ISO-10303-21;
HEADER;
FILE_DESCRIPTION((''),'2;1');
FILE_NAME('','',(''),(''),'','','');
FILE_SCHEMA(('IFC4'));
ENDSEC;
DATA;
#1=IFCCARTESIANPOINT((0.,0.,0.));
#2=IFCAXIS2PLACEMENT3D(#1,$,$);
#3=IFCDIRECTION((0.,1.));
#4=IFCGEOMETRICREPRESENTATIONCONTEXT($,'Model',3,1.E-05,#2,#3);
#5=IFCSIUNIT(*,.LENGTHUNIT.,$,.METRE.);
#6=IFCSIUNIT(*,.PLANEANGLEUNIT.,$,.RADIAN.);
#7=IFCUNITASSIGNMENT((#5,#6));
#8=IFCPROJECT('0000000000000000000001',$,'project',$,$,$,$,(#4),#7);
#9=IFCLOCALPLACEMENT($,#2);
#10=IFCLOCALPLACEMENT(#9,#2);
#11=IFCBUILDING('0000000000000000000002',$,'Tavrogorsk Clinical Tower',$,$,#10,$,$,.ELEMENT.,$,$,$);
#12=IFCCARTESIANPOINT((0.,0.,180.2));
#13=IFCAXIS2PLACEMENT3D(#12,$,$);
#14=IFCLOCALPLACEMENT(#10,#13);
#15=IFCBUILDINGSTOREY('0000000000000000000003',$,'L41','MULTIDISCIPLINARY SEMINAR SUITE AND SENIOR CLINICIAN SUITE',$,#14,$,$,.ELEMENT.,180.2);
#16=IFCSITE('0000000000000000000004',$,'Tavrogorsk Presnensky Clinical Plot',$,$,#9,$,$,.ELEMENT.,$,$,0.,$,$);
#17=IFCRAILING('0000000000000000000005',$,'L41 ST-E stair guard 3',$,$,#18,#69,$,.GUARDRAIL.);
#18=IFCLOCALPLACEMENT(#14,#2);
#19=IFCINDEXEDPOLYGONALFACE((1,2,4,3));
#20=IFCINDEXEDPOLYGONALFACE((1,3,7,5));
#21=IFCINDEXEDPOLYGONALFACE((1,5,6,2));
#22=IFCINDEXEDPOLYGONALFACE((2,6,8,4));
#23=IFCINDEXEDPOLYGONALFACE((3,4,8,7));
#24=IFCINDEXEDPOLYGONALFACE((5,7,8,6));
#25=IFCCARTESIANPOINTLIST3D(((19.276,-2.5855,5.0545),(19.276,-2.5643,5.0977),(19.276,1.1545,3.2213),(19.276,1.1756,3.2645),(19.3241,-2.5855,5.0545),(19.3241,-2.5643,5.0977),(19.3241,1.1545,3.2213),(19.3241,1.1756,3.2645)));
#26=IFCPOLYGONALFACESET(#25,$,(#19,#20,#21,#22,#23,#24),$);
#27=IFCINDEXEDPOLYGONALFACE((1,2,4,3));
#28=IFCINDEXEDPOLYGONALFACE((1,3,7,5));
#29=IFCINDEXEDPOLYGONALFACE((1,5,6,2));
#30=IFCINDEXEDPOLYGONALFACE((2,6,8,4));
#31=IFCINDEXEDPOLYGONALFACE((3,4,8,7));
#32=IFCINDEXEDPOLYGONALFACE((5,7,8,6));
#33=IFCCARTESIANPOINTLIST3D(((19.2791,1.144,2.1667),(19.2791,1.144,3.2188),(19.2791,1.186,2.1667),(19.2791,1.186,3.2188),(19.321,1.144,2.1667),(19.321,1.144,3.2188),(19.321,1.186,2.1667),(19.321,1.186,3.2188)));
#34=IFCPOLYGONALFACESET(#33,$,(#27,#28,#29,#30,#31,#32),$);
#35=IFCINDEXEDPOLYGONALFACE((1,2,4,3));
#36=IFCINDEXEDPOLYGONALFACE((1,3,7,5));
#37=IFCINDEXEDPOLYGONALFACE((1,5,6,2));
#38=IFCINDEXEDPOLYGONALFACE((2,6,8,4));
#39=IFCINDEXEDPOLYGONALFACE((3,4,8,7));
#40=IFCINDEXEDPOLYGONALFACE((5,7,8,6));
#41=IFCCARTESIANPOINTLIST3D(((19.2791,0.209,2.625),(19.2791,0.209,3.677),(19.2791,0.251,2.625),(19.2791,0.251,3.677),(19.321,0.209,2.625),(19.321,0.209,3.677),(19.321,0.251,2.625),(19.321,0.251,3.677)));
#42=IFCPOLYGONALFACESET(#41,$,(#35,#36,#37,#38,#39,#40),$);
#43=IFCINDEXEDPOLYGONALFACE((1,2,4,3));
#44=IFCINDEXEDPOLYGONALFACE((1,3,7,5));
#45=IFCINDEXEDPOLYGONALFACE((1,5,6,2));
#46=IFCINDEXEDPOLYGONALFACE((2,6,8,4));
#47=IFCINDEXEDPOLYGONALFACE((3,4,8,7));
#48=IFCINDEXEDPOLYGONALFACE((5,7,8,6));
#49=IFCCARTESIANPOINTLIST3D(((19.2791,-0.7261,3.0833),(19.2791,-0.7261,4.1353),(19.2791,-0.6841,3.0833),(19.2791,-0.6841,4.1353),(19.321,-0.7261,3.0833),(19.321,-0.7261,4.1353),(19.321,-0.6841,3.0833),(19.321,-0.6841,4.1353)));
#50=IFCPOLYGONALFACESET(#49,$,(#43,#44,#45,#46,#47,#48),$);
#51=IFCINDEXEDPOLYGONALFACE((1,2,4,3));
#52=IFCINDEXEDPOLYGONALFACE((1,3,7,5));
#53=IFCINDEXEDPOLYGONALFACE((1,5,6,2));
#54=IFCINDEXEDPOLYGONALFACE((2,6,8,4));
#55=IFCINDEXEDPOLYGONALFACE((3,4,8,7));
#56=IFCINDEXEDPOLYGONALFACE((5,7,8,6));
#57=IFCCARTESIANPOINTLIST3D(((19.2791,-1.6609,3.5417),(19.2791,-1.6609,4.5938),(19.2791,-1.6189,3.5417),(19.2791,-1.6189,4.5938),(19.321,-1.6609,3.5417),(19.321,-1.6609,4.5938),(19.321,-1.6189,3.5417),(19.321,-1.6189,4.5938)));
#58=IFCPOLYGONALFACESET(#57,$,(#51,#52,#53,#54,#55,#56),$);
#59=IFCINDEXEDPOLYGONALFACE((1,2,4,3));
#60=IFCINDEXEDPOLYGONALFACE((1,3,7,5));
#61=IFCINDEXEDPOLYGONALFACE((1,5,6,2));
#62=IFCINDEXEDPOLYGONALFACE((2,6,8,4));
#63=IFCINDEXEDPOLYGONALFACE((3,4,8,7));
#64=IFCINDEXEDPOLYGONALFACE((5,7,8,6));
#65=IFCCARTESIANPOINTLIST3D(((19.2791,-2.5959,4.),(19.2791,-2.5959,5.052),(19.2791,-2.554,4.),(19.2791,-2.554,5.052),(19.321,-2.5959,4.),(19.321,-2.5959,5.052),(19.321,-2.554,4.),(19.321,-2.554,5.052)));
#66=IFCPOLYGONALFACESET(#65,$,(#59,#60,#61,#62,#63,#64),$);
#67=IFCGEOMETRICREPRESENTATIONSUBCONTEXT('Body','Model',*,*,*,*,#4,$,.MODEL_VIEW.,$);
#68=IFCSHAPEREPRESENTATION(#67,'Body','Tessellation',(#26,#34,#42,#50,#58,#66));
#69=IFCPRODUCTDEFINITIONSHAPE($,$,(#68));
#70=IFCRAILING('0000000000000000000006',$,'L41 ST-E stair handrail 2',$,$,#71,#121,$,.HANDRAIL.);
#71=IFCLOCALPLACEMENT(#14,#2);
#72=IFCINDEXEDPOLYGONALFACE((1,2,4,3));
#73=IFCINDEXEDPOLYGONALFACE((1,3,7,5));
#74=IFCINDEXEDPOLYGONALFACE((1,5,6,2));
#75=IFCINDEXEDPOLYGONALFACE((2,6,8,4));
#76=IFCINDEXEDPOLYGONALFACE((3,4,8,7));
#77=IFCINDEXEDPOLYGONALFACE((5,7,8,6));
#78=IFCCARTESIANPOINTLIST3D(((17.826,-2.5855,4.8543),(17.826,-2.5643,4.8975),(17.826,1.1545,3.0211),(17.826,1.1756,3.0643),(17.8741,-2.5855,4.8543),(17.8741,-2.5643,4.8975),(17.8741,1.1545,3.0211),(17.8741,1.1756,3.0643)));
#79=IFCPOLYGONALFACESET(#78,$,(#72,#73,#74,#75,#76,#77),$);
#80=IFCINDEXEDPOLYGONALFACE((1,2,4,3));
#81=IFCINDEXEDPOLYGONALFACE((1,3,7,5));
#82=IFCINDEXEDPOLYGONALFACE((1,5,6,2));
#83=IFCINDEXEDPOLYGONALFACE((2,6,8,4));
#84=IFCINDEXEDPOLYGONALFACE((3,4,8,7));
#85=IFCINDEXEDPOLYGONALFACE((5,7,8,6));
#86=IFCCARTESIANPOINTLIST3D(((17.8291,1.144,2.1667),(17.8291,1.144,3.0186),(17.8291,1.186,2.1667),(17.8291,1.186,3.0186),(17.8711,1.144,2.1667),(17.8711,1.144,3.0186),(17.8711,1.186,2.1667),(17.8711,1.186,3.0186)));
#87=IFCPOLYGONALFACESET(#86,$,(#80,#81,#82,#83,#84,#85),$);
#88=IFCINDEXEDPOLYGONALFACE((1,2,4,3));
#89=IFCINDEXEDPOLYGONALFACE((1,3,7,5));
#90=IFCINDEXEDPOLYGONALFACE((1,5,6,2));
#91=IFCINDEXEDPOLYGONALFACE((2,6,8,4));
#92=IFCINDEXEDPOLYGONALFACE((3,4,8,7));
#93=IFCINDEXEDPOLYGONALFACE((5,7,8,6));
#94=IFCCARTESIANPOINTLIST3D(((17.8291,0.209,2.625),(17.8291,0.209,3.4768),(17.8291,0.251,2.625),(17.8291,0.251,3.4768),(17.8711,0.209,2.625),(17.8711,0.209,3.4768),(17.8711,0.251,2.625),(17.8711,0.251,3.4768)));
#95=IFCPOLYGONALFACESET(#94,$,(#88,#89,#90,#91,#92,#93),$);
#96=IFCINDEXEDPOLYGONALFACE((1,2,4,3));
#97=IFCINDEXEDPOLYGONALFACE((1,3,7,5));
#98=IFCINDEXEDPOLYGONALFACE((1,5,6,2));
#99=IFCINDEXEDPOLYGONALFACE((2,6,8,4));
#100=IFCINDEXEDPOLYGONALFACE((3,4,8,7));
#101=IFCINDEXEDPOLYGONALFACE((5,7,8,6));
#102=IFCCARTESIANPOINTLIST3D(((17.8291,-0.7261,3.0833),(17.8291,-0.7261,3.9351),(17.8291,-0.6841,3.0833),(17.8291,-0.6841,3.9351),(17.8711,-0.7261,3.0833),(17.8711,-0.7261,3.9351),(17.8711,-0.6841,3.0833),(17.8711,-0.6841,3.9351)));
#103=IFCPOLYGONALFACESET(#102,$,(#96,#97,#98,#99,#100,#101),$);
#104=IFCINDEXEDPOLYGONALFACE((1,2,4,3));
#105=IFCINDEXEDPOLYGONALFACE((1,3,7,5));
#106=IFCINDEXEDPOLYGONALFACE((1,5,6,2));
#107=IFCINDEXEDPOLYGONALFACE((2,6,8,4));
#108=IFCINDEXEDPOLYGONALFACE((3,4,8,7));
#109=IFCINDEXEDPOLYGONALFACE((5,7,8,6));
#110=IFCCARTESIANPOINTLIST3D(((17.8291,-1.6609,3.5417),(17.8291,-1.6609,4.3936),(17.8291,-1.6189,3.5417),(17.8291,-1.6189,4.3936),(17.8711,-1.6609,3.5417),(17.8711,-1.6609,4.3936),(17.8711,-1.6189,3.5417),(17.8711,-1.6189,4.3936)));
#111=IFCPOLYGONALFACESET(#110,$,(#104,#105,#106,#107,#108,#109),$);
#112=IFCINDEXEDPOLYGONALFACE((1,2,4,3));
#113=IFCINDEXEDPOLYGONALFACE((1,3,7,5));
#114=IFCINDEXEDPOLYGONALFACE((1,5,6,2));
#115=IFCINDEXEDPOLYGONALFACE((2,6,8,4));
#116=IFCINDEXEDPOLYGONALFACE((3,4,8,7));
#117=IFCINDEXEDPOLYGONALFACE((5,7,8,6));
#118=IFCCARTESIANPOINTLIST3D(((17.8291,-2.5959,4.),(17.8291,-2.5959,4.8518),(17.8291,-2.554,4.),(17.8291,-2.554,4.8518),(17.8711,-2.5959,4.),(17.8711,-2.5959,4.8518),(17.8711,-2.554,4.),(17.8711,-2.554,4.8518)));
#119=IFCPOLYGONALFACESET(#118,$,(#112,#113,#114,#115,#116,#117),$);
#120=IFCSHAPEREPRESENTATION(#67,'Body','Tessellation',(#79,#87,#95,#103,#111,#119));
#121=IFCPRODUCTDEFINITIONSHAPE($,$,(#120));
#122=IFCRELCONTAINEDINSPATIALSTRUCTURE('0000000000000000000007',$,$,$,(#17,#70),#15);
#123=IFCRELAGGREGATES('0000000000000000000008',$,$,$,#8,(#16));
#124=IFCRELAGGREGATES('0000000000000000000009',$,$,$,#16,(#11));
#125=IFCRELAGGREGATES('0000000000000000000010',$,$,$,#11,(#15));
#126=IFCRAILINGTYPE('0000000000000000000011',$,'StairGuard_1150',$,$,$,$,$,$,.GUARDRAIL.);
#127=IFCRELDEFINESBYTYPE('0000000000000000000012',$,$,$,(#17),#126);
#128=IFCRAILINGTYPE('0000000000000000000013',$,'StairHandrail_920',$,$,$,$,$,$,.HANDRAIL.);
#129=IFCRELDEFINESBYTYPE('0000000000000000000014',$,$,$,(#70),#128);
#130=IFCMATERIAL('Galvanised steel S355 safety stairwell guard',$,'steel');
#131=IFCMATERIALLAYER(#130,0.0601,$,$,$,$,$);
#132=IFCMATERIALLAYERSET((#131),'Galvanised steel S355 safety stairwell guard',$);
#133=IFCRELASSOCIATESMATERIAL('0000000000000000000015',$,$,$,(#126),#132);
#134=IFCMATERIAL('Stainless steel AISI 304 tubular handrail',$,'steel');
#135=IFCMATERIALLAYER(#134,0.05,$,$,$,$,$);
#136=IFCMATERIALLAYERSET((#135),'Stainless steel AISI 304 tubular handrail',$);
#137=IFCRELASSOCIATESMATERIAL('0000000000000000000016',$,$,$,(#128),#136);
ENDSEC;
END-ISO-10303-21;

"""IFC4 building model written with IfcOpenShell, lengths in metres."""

from ifc_helpers import new_model, si_unit, direction, frame, origin, origin_2d, place, context, subcontext, project, spatial, rectangle, extrude, material, layer, layer_set, type_object, element, save


model = new_model("IFC4")

# Units and contexts
model_context = context("Model", 3, precision=1e-05, world=origin(), true_north=direction((0.0, 1.0)))
body_context = subcontext(model_context, "Body", "Model", "MODEL_VIEW")
ifc_project = project(units=[si_unit("LENGTHUNIT", "METRE"), si_unit("PLANEANGLEUNIT", "RADIAN")], contexts=[model_context])

# Site, building, storey
site_placement = place(None, origin())
site = spatial("IfcSite", under=ifc_project, at=site_placement, Name="Tavrogorsk Presnensky Clinical Plot", CompositionType="ELEMENT", RefElevation=0.0)
building_placement = place(site_placement, origin())
building = spatial("IfcBuilding", under=site, at=building_placement, Name="Tavrogorsk Clinical Tower", CompositionType="ELEMENT")
storey_placement = place(building_placement, frame((0.0, 0.0, 180.2)))
storey = spatial("IfcBuildingStorey", under=building, at=storey_placement, Name="L41", Description="MULTIDISCIPLINARY SEMINAR SUITE AND SENIOR CLINICIAN SUITE", CompositionType="ELEMENT", Elevation=180.2)

# Railings
ifc_material_1 = material(Name="Galvanised steel S355 safety stairwell guard", Category="steel")
ifc_layer_1 = layer(ifc_material_1, 0.0601)
ifc_layer_set_1 = layer_set([ifc_layer_1], Name="Galvanised steel S355 safety stairwell guard")
railing_type_1 = type_object("IfcRailingType", Name="StairGuard_1150", PredefinedType="GUARDRAIL", material=ifc_layer_set_1)
railing_1_placement = place(storey_placement, frame((19.3, 1.165, 2.1667)))
element("IfcRailing", 1, at=railing_1_placement, inside=storey, type_object=railing_type_1, Name="L41 ST-E stair guard 3", PredefinedType="GUARDRAIL", context=body_context, shape_type="SweptSolid", body=[
    extrude(rectangle(XDim=0.0481, YDim=0.0481, at=origin_2d()), frame((0.0, 0.0, 1.0762), z_axis=(0.0, -0.897928, 0.440142), x_axis=(1.0, 0.0, 0.0)), (0.0, 0.0, 1.0), 4.165),
    extrude(rectangle(XDim=0.042, YDim=0.042, at=origin_2d()), origin(), (0.0, 0.0, 1.0), 1.052),
    extrude(rectangle(XDim=0.042, YDim=0.042, at=origin_2d()), frame((0.0, -0.9351, 0.4583)), (0.0, 0.0, 1.0), 1.052),
    extrude(rectangle(XDim=0.042, YDim=0.042, at=origin_2d()), frame((0.0, -1.8701, 0.9165)), (0.0, 0.0, 1.0), 1.052),
    extrude(rectangle(XDim=0.042, YDim=0.042, at=origin_2d()), frame((0.0, -2.8049, 1.375)), (0.0, 0.0, 1.0), 1.052),
    extrude(rectangle(XDim=0.042, YDim=0.042, at=origin_2d()), frame((0.0, -3.74, 1.8333)), (0.0, 0.0, 1.0), 1.052),
])
ifc_material_2 = material(Name="Stainless steel AISI 304 tubular handrail", Category="steel")
ifc_layer_2 = layer(ifc_material_2, 0.05)
ifc_layer_set_2 = layer_set([ifc_layer_2], Name="Stainless steel AISI 304 tubular handrail")
railing_type_2 = type_object("IfcRailingType", Name="StairHandrail_920", PredefinedType="HANDRAIL", material=ifc_layer_set_2)
railing_2_placement = place(storey_placement, frame((17.8501, 1.165, 2.1667)))
element("IfcRailing", 2, at=railing_2_placement, inside=storey, type_object=railing_type_2, Name="L41 ST-E stair handrail 2", PredefinedType="HANDRAIL", context=body_context, shape_type="SweptSolid", body=[
    extrude(rectangle(XDim=0.0481, YDim=0.0481, at=origin_2d()), frame((0.0, 0.0, 0.876), z_axis=(0.0, -0.897928, 0.440142), x_axis=(1.0, 0.0, 0.0)), (0.0, 0.0, 1.0), 4.165),
    extrude(rectangle(XDim=0.042, YDim=0.042, at=origin_2d()), origin(), (0.0, 0.0, 1.0), 0.8518),
    extrude(rectangle(XDim=0.042, YDim=0.042, at=origin_2d()), frame((0.0, -0.9351, 0.4583)), (0.0, 0.0, 1.0), 0.8518),
    extrude(rectangle(XDim=0.042, YDim=0.042, at=origin_2d()), frame((0.0, -1.8701, 0.9165)), (0.0, 0.0, 1.0), 0.8518),
    extrude(rectangle(XDim=0.042, YDim=0.042, at=origin_2d()), frame((0.0, -2.8049, 1.375)), (0.0, 0.0, 1.0), 0.8518),
    extrude(rectangle(XDim=0.042, YDim=0.042, at=origin_2d()), frame((0.0, -3.74, 1.8333)), (0.0, 0.0, 1.0), 0.8518),
])

save(model, "model.ifc")
